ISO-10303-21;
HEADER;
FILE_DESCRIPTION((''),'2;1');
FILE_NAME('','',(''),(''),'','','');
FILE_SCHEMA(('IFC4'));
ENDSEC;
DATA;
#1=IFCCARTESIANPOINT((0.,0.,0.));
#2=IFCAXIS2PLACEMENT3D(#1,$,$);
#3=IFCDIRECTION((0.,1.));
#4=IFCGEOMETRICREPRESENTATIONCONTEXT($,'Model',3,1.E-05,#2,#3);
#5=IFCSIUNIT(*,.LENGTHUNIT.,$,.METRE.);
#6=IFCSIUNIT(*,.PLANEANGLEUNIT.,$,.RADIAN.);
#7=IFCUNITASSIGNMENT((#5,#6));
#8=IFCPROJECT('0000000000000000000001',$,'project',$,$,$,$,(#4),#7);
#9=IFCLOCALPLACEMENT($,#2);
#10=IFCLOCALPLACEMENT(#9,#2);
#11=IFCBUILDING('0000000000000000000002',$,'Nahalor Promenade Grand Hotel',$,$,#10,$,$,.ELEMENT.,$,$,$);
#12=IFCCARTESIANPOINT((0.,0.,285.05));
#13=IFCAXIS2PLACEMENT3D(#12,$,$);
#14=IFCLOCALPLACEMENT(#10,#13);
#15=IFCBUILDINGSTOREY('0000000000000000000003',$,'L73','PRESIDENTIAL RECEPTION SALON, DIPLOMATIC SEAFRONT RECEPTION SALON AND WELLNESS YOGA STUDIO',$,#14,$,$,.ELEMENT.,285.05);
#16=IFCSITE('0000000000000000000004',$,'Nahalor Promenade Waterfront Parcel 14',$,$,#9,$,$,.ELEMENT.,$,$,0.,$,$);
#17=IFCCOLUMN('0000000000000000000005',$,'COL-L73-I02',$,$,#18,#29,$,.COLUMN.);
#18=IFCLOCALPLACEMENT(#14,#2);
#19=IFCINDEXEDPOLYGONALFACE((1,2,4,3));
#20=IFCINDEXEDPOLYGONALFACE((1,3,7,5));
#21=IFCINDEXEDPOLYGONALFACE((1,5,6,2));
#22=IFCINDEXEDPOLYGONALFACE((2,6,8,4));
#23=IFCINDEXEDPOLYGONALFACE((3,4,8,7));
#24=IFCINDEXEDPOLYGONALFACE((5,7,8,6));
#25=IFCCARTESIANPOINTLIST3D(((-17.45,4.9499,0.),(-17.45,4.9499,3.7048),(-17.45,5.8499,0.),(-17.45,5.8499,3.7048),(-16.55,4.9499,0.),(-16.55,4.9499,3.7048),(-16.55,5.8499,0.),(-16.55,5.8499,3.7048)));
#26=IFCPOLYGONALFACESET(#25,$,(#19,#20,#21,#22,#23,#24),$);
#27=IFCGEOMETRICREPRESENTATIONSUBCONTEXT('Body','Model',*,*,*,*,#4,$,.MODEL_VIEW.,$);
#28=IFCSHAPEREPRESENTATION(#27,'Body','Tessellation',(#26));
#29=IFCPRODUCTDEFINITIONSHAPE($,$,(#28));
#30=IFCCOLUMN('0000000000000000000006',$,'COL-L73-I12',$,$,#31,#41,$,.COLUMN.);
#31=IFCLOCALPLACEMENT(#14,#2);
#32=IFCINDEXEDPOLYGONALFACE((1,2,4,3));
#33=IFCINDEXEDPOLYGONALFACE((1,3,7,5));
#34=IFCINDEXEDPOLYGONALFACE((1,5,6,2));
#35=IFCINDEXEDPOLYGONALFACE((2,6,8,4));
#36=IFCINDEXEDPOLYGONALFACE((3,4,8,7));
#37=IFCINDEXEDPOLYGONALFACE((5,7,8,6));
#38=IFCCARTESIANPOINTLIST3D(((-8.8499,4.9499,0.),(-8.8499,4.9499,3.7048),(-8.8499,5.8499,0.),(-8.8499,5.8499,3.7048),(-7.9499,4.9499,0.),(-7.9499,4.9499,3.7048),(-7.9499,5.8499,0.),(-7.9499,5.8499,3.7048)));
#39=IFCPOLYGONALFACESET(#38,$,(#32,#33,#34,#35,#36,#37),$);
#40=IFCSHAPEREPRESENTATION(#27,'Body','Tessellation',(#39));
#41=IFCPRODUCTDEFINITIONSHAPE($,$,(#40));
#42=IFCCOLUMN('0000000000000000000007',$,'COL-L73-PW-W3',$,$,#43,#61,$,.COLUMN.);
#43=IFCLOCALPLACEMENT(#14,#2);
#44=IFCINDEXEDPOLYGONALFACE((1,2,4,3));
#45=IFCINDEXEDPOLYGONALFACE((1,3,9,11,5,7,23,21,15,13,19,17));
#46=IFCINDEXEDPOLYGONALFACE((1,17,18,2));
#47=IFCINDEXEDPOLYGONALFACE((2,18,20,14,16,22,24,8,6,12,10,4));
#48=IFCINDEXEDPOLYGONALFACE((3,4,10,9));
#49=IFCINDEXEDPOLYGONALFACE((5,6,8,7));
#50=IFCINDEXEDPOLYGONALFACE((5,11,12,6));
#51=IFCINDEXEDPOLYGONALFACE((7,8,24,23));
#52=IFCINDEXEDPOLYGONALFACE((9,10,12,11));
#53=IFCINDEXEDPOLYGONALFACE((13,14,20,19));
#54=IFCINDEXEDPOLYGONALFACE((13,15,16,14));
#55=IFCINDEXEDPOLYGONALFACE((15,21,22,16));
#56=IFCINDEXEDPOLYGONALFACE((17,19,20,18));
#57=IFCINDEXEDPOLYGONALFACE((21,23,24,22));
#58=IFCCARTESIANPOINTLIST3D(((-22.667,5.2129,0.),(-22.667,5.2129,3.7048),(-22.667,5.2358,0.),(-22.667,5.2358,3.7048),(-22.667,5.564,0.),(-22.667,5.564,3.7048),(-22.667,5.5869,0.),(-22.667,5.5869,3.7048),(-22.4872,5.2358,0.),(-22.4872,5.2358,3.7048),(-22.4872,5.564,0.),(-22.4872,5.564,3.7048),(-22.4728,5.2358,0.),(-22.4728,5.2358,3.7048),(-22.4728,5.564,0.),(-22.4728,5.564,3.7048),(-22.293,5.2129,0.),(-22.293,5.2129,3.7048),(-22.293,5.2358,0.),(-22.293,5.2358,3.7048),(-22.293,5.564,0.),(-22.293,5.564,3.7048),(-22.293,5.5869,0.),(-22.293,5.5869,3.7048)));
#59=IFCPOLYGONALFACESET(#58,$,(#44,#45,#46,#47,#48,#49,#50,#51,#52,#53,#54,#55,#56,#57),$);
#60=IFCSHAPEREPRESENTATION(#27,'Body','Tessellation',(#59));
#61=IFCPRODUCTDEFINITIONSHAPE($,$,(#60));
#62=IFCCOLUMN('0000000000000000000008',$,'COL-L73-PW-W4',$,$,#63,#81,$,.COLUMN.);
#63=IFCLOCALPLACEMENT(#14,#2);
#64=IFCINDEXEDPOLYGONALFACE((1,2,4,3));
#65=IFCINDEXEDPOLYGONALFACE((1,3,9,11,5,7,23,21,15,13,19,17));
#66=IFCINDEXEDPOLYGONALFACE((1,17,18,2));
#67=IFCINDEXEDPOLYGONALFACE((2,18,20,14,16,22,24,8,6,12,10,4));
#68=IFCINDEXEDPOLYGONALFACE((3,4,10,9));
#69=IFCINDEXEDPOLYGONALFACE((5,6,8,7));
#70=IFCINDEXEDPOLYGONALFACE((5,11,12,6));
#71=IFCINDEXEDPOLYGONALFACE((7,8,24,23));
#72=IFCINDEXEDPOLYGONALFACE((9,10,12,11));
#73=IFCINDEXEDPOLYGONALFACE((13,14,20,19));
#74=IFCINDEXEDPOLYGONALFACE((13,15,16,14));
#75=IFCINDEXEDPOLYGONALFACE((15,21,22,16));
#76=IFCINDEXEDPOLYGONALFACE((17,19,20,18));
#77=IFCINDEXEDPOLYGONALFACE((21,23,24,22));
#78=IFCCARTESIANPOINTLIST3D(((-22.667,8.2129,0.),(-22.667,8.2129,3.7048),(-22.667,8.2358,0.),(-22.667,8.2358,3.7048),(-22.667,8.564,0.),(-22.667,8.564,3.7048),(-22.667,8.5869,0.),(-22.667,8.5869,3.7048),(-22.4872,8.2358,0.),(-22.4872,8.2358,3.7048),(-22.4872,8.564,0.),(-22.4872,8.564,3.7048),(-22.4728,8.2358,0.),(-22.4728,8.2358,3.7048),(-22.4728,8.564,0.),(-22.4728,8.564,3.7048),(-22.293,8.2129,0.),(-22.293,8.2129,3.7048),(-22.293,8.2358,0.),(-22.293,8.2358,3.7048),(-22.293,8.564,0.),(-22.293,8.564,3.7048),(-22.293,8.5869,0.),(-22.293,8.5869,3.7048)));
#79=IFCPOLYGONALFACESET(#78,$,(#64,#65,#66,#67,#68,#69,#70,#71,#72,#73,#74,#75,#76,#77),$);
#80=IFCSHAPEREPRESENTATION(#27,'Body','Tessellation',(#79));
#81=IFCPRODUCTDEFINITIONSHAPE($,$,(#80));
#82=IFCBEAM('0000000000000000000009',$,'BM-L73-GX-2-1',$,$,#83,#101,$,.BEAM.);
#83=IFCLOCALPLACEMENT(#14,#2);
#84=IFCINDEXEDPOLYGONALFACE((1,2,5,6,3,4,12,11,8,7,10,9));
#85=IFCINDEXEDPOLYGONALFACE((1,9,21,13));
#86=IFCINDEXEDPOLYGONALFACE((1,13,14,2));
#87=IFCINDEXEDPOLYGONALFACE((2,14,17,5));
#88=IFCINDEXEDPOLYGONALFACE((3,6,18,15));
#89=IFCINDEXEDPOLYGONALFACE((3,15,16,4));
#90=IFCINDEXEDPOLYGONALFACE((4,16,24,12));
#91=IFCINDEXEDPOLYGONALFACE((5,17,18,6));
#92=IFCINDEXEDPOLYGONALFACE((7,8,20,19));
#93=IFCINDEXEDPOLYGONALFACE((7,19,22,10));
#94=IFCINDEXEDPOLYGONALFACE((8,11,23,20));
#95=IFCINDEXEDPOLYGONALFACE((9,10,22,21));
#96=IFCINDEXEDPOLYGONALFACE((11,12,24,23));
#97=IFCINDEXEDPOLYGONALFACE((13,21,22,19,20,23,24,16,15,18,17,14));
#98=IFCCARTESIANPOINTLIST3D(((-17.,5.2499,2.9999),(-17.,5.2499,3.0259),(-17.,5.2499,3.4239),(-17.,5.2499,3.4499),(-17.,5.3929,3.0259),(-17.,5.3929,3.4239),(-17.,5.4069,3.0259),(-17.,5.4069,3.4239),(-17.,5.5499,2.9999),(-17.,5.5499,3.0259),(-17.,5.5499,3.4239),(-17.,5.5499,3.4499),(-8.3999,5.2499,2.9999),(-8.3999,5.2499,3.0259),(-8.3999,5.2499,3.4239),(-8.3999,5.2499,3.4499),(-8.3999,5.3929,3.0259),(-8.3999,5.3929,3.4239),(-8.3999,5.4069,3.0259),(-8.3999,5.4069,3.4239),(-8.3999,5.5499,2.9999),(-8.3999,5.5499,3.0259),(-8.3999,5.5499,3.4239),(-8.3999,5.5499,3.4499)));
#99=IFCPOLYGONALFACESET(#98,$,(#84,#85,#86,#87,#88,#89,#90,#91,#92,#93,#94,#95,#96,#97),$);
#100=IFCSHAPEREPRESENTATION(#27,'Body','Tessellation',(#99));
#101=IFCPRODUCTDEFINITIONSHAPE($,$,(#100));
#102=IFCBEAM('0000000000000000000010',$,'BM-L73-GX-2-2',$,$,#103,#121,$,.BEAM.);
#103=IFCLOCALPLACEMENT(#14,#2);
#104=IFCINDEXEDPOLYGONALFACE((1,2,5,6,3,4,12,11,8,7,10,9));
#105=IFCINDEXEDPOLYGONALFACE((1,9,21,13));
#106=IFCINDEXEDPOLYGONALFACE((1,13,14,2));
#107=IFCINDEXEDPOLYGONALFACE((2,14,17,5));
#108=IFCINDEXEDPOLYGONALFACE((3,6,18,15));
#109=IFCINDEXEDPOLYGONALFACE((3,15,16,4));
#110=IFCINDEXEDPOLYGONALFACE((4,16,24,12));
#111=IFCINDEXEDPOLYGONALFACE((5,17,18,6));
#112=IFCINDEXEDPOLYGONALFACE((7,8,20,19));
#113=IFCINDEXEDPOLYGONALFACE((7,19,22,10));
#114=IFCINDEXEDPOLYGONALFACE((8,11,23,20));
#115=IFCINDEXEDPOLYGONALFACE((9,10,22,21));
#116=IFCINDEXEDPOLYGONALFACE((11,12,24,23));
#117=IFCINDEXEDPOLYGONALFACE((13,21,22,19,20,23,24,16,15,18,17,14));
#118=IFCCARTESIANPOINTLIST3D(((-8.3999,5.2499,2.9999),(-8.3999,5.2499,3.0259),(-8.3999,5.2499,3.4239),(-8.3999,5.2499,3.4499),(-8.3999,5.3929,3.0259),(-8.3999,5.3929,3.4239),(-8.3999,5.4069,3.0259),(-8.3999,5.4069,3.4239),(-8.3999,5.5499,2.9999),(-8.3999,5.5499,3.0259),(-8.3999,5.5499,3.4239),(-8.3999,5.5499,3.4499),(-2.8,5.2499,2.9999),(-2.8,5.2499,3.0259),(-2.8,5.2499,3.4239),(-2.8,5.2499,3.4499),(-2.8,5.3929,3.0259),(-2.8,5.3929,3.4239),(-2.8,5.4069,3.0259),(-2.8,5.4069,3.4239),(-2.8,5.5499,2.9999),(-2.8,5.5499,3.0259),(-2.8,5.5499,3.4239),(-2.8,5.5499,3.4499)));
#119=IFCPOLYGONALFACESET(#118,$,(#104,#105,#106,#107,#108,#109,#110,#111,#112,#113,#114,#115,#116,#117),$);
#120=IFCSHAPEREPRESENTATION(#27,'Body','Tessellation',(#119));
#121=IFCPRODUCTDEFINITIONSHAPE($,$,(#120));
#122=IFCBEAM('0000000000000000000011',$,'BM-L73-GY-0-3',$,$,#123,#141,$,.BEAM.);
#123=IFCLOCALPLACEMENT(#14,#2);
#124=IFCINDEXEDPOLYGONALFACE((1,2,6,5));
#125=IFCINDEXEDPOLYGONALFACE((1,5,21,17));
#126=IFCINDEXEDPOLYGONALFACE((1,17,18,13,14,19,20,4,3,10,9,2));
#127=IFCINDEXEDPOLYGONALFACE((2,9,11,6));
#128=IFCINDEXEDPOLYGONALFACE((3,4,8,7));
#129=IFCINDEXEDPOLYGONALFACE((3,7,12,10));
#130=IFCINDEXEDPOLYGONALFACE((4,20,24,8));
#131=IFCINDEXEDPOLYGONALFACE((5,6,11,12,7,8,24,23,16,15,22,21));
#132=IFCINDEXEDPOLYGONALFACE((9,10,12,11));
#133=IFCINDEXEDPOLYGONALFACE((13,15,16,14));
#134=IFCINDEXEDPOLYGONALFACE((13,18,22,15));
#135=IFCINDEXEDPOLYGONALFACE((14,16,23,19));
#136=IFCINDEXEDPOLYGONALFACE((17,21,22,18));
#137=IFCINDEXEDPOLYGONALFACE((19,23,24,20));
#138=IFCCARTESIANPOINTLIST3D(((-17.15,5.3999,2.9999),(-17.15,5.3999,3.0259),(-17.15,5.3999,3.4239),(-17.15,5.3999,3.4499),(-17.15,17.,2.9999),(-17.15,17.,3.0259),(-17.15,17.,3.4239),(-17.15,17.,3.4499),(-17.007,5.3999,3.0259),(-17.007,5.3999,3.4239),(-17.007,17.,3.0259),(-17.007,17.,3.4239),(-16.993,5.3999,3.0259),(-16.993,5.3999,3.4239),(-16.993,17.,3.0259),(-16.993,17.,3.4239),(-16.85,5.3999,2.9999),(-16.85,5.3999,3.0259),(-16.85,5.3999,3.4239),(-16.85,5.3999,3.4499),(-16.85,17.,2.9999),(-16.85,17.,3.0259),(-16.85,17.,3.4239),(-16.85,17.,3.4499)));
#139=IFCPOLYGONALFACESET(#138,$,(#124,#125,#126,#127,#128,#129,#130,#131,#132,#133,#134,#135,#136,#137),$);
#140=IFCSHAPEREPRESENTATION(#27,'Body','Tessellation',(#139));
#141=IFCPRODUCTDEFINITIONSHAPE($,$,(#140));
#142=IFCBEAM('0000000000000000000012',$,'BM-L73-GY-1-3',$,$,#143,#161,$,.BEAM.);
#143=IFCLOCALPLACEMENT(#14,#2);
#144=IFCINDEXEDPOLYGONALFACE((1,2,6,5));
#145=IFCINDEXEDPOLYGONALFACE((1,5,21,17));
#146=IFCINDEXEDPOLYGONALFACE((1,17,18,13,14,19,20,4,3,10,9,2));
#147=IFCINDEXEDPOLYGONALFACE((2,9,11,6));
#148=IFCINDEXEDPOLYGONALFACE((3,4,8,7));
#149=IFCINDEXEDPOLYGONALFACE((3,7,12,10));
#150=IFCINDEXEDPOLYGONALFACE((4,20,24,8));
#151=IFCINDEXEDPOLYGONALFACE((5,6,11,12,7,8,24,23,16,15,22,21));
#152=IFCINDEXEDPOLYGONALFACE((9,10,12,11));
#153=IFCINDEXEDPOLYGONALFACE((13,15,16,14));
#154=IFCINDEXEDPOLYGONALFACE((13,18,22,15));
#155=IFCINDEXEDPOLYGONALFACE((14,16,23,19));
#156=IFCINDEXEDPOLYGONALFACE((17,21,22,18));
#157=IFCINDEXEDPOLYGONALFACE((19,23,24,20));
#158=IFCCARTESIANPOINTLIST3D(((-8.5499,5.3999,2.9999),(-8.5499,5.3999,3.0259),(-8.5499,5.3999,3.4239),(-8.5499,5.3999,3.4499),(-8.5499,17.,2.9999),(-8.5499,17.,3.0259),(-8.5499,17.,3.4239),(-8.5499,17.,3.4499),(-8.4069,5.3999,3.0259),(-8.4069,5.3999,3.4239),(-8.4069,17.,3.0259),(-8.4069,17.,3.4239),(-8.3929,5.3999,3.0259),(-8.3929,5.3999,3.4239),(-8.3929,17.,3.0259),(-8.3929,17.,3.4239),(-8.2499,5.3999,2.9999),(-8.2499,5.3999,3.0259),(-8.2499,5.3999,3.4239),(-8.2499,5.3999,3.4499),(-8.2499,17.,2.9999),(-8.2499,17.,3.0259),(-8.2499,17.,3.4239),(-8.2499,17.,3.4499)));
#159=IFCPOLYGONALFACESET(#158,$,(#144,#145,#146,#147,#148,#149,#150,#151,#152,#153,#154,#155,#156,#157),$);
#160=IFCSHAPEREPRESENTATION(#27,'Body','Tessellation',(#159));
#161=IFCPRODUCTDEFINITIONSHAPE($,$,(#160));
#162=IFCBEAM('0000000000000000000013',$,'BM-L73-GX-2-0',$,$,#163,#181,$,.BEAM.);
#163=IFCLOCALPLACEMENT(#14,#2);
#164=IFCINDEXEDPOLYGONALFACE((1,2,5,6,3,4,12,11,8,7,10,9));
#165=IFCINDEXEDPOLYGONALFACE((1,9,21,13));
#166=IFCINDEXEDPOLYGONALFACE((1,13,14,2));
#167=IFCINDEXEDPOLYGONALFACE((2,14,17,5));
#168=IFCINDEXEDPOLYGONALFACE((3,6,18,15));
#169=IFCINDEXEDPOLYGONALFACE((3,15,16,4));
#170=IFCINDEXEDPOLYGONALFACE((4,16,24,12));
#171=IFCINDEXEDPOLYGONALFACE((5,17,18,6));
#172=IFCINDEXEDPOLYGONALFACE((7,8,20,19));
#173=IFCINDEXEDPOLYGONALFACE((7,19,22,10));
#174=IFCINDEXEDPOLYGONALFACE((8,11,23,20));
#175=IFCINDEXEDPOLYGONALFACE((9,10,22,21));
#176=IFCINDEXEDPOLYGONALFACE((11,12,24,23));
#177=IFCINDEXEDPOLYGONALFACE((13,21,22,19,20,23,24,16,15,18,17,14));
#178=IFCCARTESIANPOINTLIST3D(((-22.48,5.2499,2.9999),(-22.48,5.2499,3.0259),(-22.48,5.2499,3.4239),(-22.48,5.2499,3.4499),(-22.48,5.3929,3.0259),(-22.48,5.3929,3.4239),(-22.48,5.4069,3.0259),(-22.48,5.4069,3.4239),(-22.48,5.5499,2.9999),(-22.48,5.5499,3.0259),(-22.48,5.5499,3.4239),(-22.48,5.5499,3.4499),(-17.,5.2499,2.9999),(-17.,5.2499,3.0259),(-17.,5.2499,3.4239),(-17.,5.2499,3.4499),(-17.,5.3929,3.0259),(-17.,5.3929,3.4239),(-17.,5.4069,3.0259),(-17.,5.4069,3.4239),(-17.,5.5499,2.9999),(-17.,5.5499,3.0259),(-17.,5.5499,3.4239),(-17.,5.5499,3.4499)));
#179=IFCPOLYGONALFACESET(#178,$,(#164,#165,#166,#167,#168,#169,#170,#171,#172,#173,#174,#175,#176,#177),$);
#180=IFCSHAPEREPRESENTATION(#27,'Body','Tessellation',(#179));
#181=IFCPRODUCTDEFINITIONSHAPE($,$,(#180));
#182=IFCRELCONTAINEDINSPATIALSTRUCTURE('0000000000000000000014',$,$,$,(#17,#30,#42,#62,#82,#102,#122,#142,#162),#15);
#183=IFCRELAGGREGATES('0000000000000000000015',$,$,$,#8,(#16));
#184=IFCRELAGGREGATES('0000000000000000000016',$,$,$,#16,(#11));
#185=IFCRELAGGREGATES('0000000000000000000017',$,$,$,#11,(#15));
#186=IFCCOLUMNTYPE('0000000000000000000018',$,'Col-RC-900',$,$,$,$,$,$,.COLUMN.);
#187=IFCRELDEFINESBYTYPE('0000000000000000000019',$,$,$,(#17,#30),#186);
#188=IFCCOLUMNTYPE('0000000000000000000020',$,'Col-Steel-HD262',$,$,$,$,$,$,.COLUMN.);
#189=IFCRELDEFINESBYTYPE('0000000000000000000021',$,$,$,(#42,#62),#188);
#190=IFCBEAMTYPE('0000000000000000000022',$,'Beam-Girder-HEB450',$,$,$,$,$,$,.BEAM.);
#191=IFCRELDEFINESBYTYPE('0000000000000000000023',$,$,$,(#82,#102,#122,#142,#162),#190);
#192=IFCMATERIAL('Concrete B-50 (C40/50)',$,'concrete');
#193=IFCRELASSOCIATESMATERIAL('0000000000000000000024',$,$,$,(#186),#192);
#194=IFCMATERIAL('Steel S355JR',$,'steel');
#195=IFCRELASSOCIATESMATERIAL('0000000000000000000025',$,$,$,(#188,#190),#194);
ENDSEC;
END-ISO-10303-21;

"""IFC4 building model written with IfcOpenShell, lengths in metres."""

from ifc_helpers import new_model, si_unit, direction, frame, origin, origin_2d, place, context, subcontext, project, spatial, rectangle, i_section, extrude, source, transform, mapped, material, material_profile, profile_set, type_object, element, save


model = new_model("IFC4")

# Units and contexts
model_context = context("Model", 3, precision=1e-05, world=origin(), true_north=direction((0.0, 1.0)))
body_context = subcontext(model_context, "Body", "Model", "MODEL_VIEW")
ifc_project = project(units=[si_unit("LENGTHUNIT", "METRE"), si_unit("PLANEANGLEUNIT", "RADIAN")], contexts=[model_context])

# Site, building, storey
site_placement = place(None, origin())
site = spatial("IfcSite", under=ifc_project, at=site_placement, Name="Nahalor Promenade Waterfront Parcel 14", CompositionType="ELEMENT", RefElevation=0.0)
building_placement = place(site_placement, origin())
building = spatial("IfcBuilding", under=site, at=building_placement, Name="Nahalor Promenade Grand Hotel", CompositionType="ELEMENT")
storey_placement = place(building_placement, frame((0.0, 0.0, 285.05)))
storey = spatial("IfcBuildingStorey", under=building, at=storey_placement, Name="L73", Description="PRESIDENTIAL RECEPTION SALON, DIPLOMATIC SEAFRONT RECEPTION SALON AND WELLNESS YOGA STUDIO", CompositionType="ELEMENT", Elevation=285.05)

# Columns
ifc_material_1 = material(Name="Concrete B-50 (C40/50)", Category="concrete")
ifc_material_profile_1 = material_profile(ifc_material_1, rectangle(XDim=0.9, YDim=0.9, at=origin_2d()), Name="RC 900x900")
ifc_profile_set_1 = profile_set([ifc_material_profile_1], Name="Concrete B-50 (C40/50)")
column_type_1 = type_object("IfcColumnType", Name="Col-RC-900", PredefinedType="COLUMN", material=ifc_profile_set_1)
shared_shape_1 = source(origin(), body_context, "Body", "SweptSolid", [
    extrude(rectangle(XDim=0.9, YDim=0.9, at=origin_2d()), origin(), (0.0, 0.0, 1.0), 3.7048),
])
for number, where, z_axis, x_axis, name in (
    (1, (-17.0, 5.3999, 0.0), (0.0, 0.0, 1.0), (1.0, 0.0, 0.0), "COL-L73-I02"),
    (2, (-8.3999, 5.3999, 0.0), (0.0, 0.0, 1.0), (1.0, 0.0, 0.0), "COL-L73-I12"),
):
    element("IfcColumn", number, at=place(storey_placement, frame(where, z_axis=z_axis, x_axis=x_axis)), inside=storey, type_object=column_type_1, Name=name, PredefinedType="COLUMN", context=body_context, shape_type="MappedRepresentation", body=[
        mapped(shared_shape_1, transform((0.0, 0.0, 0.0), scale=1.0)),
    ])
ifc_material_2 = material(Name="Steel S355JR", Category="steel")
ifc_material_profile_2 = material_profile(ifc_material_2, i_section(OverallWidth=0.374, OverallDepth=0.374, WebThickness=0.0144, FlangeThickness=0.0229, at=origin_2d()), Name="HD 360x262")
ifc_profile_set_2 = profile_set([ifc_material_profile_2], Name="Steel S355JR")
column_type_2 = type_object("IfcColumnType", Name="Col-Steel-HD262", PredefinedType="COLUMN", material=ifc_profile_set_2)
shared_shape_2 = source(origin(), body_context, "Body", "SweptSolid", [
    extrude(i_section(OverallWidth=0.374, OverallDepth=0.374, WebThickness=0.0144, FlangeThickness=0.0229, at=origin_2d()), origin(), (0.0, 0.0, 1.0), 3.7048),
])
for number, where, z_axis, x_axis, name in (
    (3, (-22.48, 5.3999, 0.0), (0.0, 0.0, 1.0), (1.0, 0.0, 0.0), "COL-L73-PW-W3"),
    (4, (-22.48, 8.3999, 0.0), (0.0, 0.0, 1.0), (1.0, 0.0, 0.0), "COL-L73-PW-W4"),
):
    element("IfcColumn", number, at=place(storey_placement, frame(where, z_axis=z_axis, x_axis=x_axis)), inside=storey, type_object=column_type_2, Name=name, PredefinedType="COLUMN", context=body_context, shape_type="MappedRepresentation", body=[
        mapped(shared_shape_2, transform((0.0, 0.0, 0.0), scale=1.0)),
    ])

# Beams
ifc_material_profile_3 = material_profile(ifc_material_2, i_section(OverallWidth=0.3, OverallDepth=0.45, WebThickness=0.014, FlangeThickness=0.026, at=origin_2d()), Name="HEB 450")
ifc_profile_set_3 = profile_set([ifc_material_profile_3], Name="Steel S355JR")
beam_type_1 = type_object("IfcBeamType", Name="Beam-Girder-HEB450", PredefinedType="BEAM", material=ifc_profile_set_3)
shared_shape_3 = source(origin(), body_context, "Body", "SweptSolid", [
    extrude(i_section(OverallWidth=0.3, OverallDepth=0.45, WebThickness=0.014, FlangeThickness=0.026, at=origin_2d()), origin(), (0.0, 0.0, 1.0), 8.6001),
])
beam_1_placement = place(storey_placement, frame((-17.0, 5.3999, 3.2249), z_axis=(1.0, 0.0, 0.0), x_axis=(0.0, 1.0, 0.0)))
element("IfcBeam", 5, at=beam_1_placement, inside=storey, type_object=beam_type_1, Name="BM-L73-GX-2-1", PredefinedType="BEAM", context=body_context, shape_type="MappedRepresentation", body=[
    mapped(shared_shape_3, transform((0.0, 0.0, 0.0), scale=1.0)),
])
shared_shape_4 = source(origin(), body_context, "Body", "SweptSolid", [
    extrude(i_section(OverallWidth=0.3, OverallDepth=0.45, WebThickness=0.014, FlangeThickness=0.026, at=origin_2d()), origin(), (0.0, 0.0, 1.0), 5.5999),
])
beam_2_placement = place(storey_placement, frame((-8.3999, 5.3999, 3.2249), z_axis=(1.0, 0.0, 0.0), x_axis=(0.0, 1.0, 0.0)))
element("IfcBeam", 6, at=beam_2_placement, inside=storey, type_object=beam_type_1, Name="BM-L73-GX-2-2", PredefinedType="BEAM", context=body_context, shape_type="MappedRepresentation", body=[
    mapped(shared_shape_4, transform((0.0, 0.0, 0.0), scale=1.0)),
])
shared_shape_5 = source(origin(), body_context, "Body", "SweptSolid", [
    extrude(i_section(OverallWidth=0.3, OverallDepth=0.45, WebThickness=0.014, FlangeThickness=0.026, at=origin_2d()), origin(), (0.0, 0.0, 1.0), 11.6001),
])
for number, where, z_axis, x_axis, name in (
    (7, (-17.0, 5.3999, 3.2249), (0.0, 1.0, 0.0), (-1.0, 0.0, 0.0), "BM-L73-GY-0-3"),
    (8, (-8.3999, 5.3999, 3.2249), (0.0, 1.0, 0.0), (-1.0, 0.0, 0.0), "BM-L73-GY-1-3"),
):
    element("IfcBeam", number, at=place(storey_placement, frame(where, z_axis=z_axis, x_axis=x_axis)), inside=storey, type_object=beam_type_1, Name=name, PredefinedType="BEAM", context=body_context, shape_type="MappedRepresentation", body=[
        mapped(shared_shape_5, transform((0.0, 0.0, 0.0), scale=1.0)),
    ])
shared_shape_6 = source(origin(), body_context, "Body", "SweptSolid", [
    extrude(i_section(OverallWidth=0.3, OverallDepth=0.45, WebThickness=0.014, FlangeThickness=0.026, at=origin_2d()), origin(), (0.0, 0.0, 1.0), 5.48),
])
beam_3_placement = place(storey_placement, frame((-22.48, 5.3999, 3.2249), z_axis=(1.0, 0.0, 0.0), x_axis=(0.0, 1.0, 0.0)))
element("IfcBeam", 9, at=beam_3_placement, inside=storey, type_object=beam_type_1, Name="BM-L73-GX-2-0", PredefinedType="BEAM", context=body_context, shape_type="MappedRepresentation", body=[
    mapped(shared_shape_6, transform((0.0, 0.0, 0.0), scale=1.0)),
])

save(model, "model.ifc")
